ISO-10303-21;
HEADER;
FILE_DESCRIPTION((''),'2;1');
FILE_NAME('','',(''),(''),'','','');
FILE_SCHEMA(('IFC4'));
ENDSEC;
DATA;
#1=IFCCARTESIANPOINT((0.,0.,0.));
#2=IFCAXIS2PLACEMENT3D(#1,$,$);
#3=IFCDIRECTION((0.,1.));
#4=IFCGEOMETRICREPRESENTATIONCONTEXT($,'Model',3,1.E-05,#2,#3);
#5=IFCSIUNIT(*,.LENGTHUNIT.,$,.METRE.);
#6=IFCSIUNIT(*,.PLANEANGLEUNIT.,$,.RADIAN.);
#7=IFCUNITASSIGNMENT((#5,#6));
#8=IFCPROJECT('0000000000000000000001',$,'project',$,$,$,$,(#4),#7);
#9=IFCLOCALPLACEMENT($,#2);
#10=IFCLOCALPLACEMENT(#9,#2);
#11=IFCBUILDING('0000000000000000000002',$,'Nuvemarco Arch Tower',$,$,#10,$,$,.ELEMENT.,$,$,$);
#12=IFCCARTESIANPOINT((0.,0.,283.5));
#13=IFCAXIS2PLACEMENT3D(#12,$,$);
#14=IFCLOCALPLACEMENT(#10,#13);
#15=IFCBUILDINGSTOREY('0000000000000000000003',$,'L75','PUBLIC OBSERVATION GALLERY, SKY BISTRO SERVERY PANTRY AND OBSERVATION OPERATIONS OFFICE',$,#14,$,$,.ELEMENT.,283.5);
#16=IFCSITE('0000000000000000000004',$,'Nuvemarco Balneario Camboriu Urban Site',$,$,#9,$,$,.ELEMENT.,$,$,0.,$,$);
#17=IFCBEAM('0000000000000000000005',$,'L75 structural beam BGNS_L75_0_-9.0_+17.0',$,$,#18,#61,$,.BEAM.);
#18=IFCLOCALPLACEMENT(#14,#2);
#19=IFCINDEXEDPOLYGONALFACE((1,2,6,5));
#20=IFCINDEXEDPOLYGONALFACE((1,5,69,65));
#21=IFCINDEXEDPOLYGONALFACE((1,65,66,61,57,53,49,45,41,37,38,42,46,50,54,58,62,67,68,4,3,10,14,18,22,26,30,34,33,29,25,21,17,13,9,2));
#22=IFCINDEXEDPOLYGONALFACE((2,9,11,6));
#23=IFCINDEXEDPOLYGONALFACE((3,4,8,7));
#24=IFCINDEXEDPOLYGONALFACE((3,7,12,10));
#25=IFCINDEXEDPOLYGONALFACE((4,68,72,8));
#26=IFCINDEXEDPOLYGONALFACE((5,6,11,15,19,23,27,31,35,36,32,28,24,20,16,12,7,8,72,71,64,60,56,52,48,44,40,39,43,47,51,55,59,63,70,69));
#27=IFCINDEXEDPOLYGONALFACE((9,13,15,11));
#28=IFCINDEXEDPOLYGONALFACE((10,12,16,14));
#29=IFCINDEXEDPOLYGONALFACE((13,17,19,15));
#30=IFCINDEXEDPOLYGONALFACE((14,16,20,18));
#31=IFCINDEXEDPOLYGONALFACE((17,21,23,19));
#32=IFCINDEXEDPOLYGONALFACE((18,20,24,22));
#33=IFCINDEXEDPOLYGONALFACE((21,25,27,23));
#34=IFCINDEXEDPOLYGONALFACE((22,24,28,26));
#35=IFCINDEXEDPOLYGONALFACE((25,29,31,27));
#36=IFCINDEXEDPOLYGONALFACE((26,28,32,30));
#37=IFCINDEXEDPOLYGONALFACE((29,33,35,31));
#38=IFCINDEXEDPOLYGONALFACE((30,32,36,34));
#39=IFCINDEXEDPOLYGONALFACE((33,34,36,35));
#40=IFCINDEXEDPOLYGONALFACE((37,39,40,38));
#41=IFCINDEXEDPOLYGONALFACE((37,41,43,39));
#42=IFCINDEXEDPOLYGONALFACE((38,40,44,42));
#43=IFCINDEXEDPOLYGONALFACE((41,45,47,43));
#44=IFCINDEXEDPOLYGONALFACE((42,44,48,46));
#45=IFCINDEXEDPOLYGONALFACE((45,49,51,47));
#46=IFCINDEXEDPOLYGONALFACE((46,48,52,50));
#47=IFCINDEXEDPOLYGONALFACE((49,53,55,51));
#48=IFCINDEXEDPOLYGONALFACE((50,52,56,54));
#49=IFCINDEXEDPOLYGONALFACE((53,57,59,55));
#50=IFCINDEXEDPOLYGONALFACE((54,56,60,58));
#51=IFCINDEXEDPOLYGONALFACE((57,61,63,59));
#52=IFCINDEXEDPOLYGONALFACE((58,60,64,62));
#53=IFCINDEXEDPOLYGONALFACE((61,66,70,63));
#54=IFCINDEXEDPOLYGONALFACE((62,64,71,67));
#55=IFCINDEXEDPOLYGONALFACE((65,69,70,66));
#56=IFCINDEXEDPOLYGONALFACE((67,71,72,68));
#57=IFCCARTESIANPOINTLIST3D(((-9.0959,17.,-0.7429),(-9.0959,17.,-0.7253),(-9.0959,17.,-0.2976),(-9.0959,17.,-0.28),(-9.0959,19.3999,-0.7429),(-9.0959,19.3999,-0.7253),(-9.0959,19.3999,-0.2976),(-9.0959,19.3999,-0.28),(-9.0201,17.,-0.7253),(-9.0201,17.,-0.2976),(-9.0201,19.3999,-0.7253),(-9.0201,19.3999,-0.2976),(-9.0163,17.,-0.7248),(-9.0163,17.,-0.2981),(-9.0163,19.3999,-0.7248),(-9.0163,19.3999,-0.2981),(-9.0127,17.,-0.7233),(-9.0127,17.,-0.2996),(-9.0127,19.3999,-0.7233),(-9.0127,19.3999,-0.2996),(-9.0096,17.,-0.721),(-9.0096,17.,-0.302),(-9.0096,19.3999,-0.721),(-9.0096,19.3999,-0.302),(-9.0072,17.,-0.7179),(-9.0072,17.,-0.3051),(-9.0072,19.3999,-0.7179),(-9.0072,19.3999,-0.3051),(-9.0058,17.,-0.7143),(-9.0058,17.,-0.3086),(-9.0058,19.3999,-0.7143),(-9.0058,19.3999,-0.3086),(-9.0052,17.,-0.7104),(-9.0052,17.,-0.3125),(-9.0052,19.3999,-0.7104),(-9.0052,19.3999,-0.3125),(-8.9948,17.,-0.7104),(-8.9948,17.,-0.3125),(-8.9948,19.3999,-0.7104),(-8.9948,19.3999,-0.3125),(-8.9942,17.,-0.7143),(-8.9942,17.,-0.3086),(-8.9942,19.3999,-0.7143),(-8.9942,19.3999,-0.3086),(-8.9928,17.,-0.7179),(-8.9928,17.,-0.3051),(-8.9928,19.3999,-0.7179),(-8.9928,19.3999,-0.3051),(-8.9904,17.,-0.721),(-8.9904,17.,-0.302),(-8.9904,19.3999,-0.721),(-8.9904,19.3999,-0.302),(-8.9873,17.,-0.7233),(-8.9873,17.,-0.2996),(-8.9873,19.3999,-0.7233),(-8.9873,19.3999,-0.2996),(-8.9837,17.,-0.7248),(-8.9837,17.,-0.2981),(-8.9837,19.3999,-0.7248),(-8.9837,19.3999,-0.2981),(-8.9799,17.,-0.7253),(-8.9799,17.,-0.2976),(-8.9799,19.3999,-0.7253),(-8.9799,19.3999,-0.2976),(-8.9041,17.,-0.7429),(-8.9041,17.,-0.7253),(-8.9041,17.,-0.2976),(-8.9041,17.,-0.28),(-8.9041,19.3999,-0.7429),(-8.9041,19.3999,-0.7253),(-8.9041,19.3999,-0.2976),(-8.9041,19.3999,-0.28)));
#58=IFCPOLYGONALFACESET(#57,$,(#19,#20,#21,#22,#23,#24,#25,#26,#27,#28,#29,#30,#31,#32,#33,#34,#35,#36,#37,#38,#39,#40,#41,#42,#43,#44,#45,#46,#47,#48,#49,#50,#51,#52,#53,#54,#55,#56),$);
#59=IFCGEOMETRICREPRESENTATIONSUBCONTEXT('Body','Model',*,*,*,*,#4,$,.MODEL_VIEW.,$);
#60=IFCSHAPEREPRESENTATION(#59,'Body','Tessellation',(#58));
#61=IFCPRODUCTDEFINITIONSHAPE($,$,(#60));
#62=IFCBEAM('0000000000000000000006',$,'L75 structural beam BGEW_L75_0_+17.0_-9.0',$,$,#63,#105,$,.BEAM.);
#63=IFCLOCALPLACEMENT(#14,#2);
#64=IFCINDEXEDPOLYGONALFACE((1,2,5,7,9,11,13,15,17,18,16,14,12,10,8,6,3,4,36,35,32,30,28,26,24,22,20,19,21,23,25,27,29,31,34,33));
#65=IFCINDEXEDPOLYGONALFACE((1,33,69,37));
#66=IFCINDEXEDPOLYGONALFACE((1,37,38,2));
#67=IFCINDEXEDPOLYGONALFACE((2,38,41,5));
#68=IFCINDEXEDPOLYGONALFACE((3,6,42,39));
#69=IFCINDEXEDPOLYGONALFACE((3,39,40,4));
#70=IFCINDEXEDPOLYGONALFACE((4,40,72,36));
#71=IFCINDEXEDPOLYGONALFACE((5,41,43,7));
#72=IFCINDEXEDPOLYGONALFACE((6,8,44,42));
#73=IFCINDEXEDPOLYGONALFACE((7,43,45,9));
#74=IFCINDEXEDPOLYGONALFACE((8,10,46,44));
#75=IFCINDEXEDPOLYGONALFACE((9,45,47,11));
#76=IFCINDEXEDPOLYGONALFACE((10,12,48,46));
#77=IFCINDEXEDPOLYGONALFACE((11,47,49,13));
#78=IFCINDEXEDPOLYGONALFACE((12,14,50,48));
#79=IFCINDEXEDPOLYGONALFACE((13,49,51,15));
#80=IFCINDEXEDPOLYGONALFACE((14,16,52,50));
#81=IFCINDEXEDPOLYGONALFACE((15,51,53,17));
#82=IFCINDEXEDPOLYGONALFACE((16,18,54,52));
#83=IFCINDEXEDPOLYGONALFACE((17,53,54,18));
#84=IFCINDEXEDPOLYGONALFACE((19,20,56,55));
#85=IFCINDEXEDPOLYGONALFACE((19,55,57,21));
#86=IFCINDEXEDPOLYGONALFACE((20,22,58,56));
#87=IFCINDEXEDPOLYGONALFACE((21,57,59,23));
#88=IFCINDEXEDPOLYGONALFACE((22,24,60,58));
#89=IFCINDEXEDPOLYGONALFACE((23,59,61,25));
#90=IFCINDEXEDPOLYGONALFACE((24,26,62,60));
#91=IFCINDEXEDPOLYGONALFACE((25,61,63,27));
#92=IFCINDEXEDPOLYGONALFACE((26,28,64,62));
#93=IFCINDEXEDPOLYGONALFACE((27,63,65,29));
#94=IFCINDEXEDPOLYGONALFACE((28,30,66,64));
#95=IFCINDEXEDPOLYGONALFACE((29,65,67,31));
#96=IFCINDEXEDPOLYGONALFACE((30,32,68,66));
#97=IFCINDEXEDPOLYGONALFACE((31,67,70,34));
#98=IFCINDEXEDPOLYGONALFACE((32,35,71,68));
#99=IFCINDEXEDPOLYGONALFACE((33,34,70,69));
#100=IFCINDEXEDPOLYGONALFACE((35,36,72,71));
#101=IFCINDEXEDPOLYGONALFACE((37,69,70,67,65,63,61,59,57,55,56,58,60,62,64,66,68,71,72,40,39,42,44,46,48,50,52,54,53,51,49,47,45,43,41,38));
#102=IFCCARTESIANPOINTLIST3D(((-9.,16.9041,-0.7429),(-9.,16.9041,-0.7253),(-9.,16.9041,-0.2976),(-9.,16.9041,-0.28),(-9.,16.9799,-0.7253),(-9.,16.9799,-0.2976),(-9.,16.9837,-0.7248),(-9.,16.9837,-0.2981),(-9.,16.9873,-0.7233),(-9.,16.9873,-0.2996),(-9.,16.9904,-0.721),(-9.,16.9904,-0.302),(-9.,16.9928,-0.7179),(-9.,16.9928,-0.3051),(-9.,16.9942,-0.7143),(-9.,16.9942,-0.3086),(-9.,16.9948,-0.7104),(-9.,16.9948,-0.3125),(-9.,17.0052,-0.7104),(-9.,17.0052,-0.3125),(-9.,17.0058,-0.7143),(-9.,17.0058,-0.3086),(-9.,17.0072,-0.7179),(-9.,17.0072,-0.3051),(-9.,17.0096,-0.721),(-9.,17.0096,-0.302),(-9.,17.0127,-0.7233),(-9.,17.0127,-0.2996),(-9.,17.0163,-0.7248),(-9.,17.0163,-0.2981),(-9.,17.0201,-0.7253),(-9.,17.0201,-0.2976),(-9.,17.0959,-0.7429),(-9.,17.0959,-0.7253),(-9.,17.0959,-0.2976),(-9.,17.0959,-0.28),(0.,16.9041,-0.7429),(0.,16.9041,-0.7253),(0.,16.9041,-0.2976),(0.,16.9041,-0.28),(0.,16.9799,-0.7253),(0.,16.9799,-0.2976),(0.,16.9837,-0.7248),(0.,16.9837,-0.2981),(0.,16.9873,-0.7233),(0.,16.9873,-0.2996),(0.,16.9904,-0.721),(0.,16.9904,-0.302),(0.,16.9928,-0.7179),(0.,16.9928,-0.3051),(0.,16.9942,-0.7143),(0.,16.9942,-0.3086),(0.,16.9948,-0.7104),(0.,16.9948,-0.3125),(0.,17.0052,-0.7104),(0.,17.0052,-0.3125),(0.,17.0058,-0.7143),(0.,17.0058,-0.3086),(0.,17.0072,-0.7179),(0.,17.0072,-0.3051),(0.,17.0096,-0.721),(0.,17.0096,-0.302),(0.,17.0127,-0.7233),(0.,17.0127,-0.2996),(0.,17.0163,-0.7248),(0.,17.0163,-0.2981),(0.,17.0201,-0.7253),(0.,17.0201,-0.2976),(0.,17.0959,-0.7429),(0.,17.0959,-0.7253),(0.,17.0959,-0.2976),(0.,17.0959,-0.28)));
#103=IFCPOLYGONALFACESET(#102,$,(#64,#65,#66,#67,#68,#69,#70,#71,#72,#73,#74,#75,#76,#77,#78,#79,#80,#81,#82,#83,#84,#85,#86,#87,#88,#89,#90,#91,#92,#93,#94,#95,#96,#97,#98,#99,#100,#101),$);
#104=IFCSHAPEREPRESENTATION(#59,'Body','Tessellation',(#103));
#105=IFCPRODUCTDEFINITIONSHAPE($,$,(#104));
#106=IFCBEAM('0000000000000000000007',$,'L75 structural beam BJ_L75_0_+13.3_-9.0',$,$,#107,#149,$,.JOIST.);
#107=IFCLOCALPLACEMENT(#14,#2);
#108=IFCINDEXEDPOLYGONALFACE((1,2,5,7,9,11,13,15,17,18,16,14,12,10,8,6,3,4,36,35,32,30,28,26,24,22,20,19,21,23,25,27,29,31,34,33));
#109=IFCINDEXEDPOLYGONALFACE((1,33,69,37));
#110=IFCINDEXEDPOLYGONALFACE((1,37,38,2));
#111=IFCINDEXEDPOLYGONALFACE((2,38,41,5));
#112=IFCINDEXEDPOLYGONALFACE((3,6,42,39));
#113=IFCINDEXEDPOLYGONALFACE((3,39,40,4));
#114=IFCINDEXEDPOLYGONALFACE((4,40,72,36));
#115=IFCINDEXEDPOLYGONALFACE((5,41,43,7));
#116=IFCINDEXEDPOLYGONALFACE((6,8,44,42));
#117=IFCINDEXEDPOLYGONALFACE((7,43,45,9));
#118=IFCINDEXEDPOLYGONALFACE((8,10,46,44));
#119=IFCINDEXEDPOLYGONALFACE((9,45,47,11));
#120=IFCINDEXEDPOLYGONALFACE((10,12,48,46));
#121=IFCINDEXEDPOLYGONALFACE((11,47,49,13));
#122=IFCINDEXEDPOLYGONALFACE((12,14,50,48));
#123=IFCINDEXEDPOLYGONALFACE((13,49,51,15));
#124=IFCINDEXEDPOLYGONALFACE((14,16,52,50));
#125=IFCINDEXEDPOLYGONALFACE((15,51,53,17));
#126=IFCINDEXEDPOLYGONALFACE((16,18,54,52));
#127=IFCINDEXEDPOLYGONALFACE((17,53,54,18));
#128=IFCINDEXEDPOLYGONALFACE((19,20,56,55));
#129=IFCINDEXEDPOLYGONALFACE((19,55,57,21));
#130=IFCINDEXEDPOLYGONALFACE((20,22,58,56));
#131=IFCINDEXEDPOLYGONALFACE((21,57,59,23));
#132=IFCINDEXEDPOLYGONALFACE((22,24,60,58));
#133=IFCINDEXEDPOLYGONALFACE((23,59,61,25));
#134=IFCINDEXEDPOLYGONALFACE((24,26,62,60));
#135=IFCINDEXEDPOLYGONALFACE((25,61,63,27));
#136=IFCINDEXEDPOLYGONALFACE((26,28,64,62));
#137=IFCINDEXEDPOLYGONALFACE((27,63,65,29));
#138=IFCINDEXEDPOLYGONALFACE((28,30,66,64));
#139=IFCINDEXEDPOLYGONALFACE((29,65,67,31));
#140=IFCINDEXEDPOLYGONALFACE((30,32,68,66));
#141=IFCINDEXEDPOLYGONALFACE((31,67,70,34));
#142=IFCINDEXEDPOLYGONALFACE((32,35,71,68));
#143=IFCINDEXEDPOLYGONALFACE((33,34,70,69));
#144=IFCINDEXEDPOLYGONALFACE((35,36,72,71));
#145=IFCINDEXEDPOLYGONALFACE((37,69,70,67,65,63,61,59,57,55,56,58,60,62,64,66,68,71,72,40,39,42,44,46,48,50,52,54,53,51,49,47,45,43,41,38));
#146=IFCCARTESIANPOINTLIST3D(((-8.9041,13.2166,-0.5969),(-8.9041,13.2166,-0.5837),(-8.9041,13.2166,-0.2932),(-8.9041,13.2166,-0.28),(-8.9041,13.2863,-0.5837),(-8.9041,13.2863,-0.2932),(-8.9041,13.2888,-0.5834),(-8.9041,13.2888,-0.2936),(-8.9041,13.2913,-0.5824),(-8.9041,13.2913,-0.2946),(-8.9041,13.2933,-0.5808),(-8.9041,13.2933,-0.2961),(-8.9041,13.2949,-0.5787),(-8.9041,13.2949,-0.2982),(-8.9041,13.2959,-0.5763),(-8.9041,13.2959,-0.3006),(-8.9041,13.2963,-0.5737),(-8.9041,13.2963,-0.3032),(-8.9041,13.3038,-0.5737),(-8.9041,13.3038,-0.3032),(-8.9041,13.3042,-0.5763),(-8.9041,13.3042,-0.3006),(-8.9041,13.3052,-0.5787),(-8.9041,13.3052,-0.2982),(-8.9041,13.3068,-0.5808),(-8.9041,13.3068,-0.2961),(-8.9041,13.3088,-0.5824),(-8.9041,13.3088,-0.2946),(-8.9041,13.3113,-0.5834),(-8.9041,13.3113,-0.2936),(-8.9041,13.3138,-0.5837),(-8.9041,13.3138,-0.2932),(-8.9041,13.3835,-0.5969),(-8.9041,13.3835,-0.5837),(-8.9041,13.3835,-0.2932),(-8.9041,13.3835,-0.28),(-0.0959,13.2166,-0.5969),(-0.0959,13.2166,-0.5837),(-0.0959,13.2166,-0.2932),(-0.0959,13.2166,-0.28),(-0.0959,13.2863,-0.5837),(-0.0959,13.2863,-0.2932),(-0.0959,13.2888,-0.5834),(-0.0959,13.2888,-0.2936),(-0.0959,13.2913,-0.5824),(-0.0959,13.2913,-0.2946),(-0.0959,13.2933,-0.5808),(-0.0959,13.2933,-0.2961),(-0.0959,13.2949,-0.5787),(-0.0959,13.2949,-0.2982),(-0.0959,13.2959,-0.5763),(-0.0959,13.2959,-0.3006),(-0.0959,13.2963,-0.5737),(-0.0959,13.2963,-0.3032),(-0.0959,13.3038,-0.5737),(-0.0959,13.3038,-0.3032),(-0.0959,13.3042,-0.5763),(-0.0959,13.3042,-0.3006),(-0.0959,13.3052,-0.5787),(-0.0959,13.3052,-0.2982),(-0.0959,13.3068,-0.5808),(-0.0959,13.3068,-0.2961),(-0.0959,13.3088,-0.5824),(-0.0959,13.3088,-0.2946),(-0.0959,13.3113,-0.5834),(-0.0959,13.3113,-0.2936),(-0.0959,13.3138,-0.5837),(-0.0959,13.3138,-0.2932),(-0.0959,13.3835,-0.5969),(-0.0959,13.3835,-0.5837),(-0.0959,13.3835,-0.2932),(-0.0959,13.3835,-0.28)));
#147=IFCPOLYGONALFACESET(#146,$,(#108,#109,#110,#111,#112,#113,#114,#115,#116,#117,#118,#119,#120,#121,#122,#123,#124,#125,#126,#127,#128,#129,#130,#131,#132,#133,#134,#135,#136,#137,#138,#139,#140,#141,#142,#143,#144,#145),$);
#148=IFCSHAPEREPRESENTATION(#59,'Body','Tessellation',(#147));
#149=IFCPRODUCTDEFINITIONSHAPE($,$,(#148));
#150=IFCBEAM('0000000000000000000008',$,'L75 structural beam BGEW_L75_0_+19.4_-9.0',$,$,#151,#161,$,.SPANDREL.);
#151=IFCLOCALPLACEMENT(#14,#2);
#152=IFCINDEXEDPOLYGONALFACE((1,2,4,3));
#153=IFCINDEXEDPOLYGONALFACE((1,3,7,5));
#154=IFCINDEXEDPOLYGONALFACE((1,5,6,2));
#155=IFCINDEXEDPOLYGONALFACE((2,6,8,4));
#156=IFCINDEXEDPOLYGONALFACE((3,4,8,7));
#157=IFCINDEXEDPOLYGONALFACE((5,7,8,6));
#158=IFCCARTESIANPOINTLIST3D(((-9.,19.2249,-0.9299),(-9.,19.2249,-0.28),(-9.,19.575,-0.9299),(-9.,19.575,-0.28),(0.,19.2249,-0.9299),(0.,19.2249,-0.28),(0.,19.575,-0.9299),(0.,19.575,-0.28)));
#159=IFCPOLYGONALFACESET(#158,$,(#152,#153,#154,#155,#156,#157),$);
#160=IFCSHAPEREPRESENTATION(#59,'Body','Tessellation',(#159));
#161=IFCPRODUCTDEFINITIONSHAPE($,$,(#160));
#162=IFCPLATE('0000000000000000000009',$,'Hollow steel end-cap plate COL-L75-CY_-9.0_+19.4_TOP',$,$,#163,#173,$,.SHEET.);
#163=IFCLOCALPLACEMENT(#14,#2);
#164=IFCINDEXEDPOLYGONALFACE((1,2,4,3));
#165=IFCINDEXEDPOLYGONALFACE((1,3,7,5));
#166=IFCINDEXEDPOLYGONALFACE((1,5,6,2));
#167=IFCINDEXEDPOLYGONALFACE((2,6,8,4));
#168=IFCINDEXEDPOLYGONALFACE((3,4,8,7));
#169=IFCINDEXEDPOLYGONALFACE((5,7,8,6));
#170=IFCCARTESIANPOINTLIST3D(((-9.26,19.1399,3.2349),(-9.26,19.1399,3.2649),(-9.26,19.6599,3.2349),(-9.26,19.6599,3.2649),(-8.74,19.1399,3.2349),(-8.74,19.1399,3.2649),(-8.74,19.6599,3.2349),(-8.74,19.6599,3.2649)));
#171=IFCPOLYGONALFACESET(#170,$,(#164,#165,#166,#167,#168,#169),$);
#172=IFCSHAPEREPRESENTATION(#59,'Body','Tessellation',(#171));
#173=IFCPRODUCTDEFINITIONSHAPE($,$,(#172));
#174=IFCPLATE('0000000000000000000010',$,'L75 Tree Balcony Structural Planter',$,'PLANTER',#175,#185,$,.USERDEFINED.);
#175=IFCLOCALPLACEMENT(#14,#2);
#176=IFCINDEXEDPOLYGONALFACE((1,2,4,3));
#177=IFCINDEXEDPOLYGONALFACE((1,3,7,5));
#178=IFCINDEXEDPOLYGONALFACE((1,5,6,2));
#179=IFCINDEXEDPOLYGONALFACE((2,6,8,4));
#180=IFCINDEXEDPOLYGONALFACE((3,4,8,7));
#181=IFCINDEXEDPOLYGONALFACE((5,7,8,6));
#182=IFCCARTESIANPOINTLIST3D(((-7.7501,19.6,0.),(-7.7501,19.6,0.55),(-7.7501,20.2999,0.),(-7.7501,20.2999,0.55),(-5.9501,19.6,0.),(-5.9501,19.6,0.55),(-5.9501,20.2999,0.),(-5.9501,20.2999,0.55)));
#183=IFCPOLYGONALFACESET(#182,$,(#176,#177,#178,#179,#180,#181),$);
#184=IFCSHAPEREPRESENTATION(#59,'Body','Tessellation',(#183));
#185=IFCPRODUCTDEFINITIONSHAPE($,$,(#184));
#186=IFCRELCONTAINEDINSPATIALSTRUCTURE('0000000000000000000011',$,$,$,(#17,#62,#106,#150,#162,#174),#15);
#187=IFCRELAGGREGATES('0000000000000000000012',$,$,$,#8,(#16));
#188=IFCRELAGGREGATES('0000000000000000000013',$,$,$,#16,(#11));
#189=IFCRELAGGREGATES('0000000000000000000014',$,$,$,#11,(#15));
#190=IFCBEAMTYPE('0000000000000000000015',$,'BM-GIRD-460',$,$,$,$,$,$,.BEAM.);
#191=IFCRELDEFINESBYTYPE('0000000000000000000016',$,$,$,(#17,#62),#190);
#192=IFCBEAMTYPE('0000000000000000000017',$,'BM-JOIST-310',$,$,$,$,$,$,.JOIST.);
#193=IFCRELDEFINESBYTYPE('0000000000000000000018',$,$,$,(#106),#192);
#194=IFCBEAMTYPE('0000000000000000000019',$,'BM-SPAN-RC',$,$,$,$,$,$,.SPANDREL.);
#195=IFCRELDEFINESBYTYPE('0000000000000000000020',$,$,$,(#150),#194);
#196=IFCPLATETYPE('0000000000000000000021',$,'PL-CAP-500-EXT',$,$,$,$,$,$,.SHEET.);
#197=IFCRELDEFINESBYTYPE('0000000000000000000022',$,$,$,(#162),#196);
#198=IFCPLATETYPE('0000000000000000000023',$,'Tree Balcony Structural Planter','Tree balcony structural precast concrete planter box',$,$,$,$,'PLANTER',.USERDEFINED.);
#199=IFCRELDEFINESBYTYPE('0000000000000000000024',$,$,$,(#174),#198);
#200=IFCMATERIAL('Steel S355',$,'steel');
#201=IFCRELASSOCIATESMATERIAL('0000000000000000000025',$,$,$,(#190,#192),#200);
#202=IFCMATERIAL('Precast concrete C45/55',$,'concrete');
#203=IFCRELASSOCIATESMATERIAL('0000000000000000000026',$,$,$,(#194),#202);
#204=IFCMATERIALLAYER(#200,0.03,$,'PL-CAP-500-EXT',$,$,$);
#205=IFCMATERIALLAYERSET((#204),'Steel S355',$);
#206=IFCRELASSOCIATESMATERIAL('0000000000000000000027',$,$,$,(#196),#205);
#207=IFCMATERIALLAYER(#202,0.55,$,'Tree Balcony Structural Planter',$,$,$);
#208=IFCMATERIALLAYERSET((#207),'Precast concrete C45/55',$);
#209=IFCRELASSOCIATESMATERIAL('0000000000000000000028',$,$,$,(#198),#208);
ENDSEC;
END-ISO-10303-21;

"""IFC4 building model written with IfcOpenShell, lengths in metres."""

from ifc_helpers import new_model, si_unit, direction, frame, origin, origin_2d, place, context, subcontext, project, spatial, rectangle, i_section, extrude, source, transform, mapped, material, layer, layer_set, material_profile, profile_set, type_object, type_shapes, element, save


model = new_model("IFC4")

# Units and contexts
model_context = context("Model", 3, precision=1e-05, world=origin(), true_north=direction((0.0, 1.0)))
body_context = subcontext(model_context, "Body", "Model", "MODEL_VIEW")
ifc_project = project(units=[si_unit("LENGTHUNIT", "METRE"), si_unit("PLANEANGLEUNIT", "RADIAN")], contexts=[model_context])

# Site, building, storey
site_placement = place(None, origin())
site = spatial("IfcSite", under=ifc_project, at=site_placement, Name="Nuvemarco Balneario Camboriu Urban Site", CompositionType="ELEMENT", RefElevation=0.0)
building_placement = place(site_placement, origin())
building = spatial("IfcBuilding", under=site, at=building_placement, Name="Nuvemarco Arch Tower", CompositionType="ELEMENT")
storey_placement = place(building_placement, frame((0.0, 0.0, 283.5)))
storey = spatial("IfcBuildingStorey", under=building, at=storey_placement, Name="L75", Description="PUBLIC OBSERVATION GALLERY, SKY BISTRO SERVERY PANTRY AND OBSERVATION OPERATIONS OFFICE", CompositionType="ELEMENT", Elevation=283.5)

# Shared definitions
ifc_material_1 = material(Name="Steel S355", Category="steel")

# Beams
ifc_material_profile_1 = material_profile(ifc_material_1, i_section(OverallWidth=0.1919, OverallDepth=0.4629, WebThickness=0.0105, FlangeThickness=0.0176, FilletRadius=0.0149, at=origin_2d()), Name="W460x89")
ifc_profile_set_1 = profile_set([ifc_material_profile_1], Name="Steel S355")
beam_type_1 = type_object("IfcBeamType", Name="BM-GIRD-460", PredefinedType="BEAM", material=ifc_profile_set_1)
beam_1_placement = place(storey_placement, frame((-9.0, 17.0, -0.5115), z_axis=(0.0, 1.0, 0.0), x_axis=(-1.0, 0.0, 0.0)))
element("IfcBeam", 1, at=beam_1_placement, inside=storey, type_object=beam_type_1, Name="L75 structural beam BGNS_L75_0_-9.0_+17.0", PredefinedType="BEAM", context=body_context, shape_type="SweptSolid", body=[
    extrude(i_section(OverallWidth=0.1919, OverallDepth=0.4629, WebThickness=0.0105, FlangeThickness=0.0176, FilletRadius=0.0149, at=origin_2d()), origin(), (0.0, 0.0, 1.0), 2.3999),
])
beam_2_placement = place(storey_placement, frame((-9.0, 17.0, -0.5115), z_axis=(1.0, 0.0, 0.0), x_axis=(0.0, 1.0, 0.0)))
element("IfcBeam", 2, at=beam_2_placement, inside=storey, type_object=beam_type_1, Name="L75 structural beam BGEW_L75_0_+17.0_-9.0", PredefinedType="BEAM", context=body_context, shape_type="SweptSolid", body=[
    extrude(i_section(OverallWidth=0.1919, OverallDepth=0.4629, WebThickness=0.0105, FlangeThickness=0.0176, FilletRadius=0.0149, at=origin_2d()), origin(), (0.0, 0.0, 1.0), 9.0),
])
ifc_material_profile_2 = material_profile(ifc_material_1, i_section(OverallWidth=0.167, OverallDepth=0.3169, WebThickness=0.0076, FlangeThickness=0.0132, FilletRadius=0.01, at=origin_2d()), Name="W310x52")
ifc_profile_set_2 = profile_set([ifc_material_profile_2], Name="Steel S355")
beam_type_2 = type_object("IfcBeamType", Name="BM-JOIST-310", PredefinedType="JOIST", material=ifc_profile_set_2)
beam_3_placement = place(storey_placement, frame((-8.9041, 13.3, -0.4385), z_axis=(1.0, 0.0, 0.0), x_axis=(0.0, 1.0, 0.0)))
element("IfcBeam", 3, at=beam_3_placement, inside=storey, type_object=beam_type_2, Name="L75 structural beam BJ_L75_0_+13.3_-9.0", PredefinedType="JOIST", context=body_context, shape_type="SweptSolid", body=[
    extrude(i_section(OverallWidth=0.167, OverallDepth=0.3169, WebThickness=0.0076, FlangeThickness=0.0132, FilletRadius=0.01, at=origin_2d()), origin(), (0.0, 0.0, 1.0), 8.8081),
])
ifc_material_2 = material(Name="Precast concrete C45/55", Category="concrete")
ifc_material_profile_3 = material_profile(ifc_material_2, rectangle(XDim=0.3501, YDim=0.6499, at=origin_2d()), Name="PC-SP-350x650")
ifc_profile_set_3 = profile_set([ifc_material_profile_3], Name="Precast concrete C45/55")
beam_type_3 = type_object("IfcBeamType", Name="BM-SPAN-RC", PredefinedType="SPANDREL", material=ifc_profile_set_3)
beam_4_placement = place(storey_placement, frame((-9.0, 19.3999, -0.605), z_axis=(1.0, 0.0, 0.0), x_axis=(0.0, 1.0, 0.0)))
element("IfcBeam", 4, at=beam_4_placement, inside=storey, type_object=beam_type_3, Name="L75 structural beam BGEW_L75_0_+19.4_-9.0", PredefinedType="SPANDREL", context=body_context, shape_type="SweptSolid", body=[
    extrude(rectangle(XDim=0.3501, YDim=0.6499, at=origin_2d()), origin(), (0.0, 0.0, 1.0), 9.0),
])

# Plates
ifc_layer_1 = layer(ifc_material_1, 0.03, Name="PL-CAP-500-EXT")
ifc_layer_set_1 = layer_set([ifc_layer_1], Name="Steel S355")
plate_type_1 = type_object("IfcPlateType", Name="PL-CAP-500-EXT", PredefinedType="SHEET", material=ifc_layer_set_1)
shared_shape_1 = source(origin(), body_context, "Body", "SweptSolid", [
    extrude(rectangle(XDim=0.52, YDim=0.52, at=origin_2d()), origin(), (0.0, 0.0, 1.0), 0.03),
])
type_shapes(plate_type_1, [shared_shape_1])
plate_1_placement = place(storey_placement, frame((-9.0, 19.3999, 3.2349), z_axis=(0.0, 0.0, 1.0), x_axis=(1.0, 0.0, 0.0)))
element("IfcPlate", 5, at=plate_1_placement, inside=storey, type_object=plate_type_1, Name="Hollow steel end-cap plate COL-L75-CY_-9.0_+19.4_TOP", PredefinedType="SHEET", context=body_context, shape_type="MappedRepresentation", body=[
    mapped(shared_shape_1, transform((0.0, 0.0, 0.0), scale=1.0)),
])
ifc_layer_2 = layer(ifc_material_2, 0.55, Name="Tree Balcony Structural Planter")
ifc_layer_set_2 = layer_set([ifc_layer_2], Name="Precast concrete C45/55")
plate_type_2 = type_object("IfcPlateType", Name="Tree Balcony Structural Planter", Description="Tree balcony structural precast concrete planter box", ElementType="PLANTER", PredefinedType="USERDEFINED", material=ifc_layer_set_2)
shared_shape_2 = source(origin(), body_context, "Body", "SweptSolid", [
    extrude(rectangle(XDim=1.8, YDim=0.7, at=origin_2d()), origin(), (0.0, 0.0, 1.0), 0.55),
])
type_shapes(plate_type_2, [shared_shape_2])
plate_2_placement = place(storey_placement, frame((-6.8501, 19.95, 0.0), z_axis=(0.0, 0.0, 1.0), x_axis=(1.0, 0.0, 0.0)))
element("IfcPlate", 6, at=plate_2_placement, inside=storey, type_object=plate_type_2, Name="L75 Tree Balcony Structural Planter", ObjectType="PLANTER", PredefinedType="USERDEFINED", context=body_context, shape_type="MappedRepresentation", body=[
    mapped(shared_shape_2, transform((0.0, 0.0, 0.0), scale=1.0)),
])

save(model, "model.ifc")
